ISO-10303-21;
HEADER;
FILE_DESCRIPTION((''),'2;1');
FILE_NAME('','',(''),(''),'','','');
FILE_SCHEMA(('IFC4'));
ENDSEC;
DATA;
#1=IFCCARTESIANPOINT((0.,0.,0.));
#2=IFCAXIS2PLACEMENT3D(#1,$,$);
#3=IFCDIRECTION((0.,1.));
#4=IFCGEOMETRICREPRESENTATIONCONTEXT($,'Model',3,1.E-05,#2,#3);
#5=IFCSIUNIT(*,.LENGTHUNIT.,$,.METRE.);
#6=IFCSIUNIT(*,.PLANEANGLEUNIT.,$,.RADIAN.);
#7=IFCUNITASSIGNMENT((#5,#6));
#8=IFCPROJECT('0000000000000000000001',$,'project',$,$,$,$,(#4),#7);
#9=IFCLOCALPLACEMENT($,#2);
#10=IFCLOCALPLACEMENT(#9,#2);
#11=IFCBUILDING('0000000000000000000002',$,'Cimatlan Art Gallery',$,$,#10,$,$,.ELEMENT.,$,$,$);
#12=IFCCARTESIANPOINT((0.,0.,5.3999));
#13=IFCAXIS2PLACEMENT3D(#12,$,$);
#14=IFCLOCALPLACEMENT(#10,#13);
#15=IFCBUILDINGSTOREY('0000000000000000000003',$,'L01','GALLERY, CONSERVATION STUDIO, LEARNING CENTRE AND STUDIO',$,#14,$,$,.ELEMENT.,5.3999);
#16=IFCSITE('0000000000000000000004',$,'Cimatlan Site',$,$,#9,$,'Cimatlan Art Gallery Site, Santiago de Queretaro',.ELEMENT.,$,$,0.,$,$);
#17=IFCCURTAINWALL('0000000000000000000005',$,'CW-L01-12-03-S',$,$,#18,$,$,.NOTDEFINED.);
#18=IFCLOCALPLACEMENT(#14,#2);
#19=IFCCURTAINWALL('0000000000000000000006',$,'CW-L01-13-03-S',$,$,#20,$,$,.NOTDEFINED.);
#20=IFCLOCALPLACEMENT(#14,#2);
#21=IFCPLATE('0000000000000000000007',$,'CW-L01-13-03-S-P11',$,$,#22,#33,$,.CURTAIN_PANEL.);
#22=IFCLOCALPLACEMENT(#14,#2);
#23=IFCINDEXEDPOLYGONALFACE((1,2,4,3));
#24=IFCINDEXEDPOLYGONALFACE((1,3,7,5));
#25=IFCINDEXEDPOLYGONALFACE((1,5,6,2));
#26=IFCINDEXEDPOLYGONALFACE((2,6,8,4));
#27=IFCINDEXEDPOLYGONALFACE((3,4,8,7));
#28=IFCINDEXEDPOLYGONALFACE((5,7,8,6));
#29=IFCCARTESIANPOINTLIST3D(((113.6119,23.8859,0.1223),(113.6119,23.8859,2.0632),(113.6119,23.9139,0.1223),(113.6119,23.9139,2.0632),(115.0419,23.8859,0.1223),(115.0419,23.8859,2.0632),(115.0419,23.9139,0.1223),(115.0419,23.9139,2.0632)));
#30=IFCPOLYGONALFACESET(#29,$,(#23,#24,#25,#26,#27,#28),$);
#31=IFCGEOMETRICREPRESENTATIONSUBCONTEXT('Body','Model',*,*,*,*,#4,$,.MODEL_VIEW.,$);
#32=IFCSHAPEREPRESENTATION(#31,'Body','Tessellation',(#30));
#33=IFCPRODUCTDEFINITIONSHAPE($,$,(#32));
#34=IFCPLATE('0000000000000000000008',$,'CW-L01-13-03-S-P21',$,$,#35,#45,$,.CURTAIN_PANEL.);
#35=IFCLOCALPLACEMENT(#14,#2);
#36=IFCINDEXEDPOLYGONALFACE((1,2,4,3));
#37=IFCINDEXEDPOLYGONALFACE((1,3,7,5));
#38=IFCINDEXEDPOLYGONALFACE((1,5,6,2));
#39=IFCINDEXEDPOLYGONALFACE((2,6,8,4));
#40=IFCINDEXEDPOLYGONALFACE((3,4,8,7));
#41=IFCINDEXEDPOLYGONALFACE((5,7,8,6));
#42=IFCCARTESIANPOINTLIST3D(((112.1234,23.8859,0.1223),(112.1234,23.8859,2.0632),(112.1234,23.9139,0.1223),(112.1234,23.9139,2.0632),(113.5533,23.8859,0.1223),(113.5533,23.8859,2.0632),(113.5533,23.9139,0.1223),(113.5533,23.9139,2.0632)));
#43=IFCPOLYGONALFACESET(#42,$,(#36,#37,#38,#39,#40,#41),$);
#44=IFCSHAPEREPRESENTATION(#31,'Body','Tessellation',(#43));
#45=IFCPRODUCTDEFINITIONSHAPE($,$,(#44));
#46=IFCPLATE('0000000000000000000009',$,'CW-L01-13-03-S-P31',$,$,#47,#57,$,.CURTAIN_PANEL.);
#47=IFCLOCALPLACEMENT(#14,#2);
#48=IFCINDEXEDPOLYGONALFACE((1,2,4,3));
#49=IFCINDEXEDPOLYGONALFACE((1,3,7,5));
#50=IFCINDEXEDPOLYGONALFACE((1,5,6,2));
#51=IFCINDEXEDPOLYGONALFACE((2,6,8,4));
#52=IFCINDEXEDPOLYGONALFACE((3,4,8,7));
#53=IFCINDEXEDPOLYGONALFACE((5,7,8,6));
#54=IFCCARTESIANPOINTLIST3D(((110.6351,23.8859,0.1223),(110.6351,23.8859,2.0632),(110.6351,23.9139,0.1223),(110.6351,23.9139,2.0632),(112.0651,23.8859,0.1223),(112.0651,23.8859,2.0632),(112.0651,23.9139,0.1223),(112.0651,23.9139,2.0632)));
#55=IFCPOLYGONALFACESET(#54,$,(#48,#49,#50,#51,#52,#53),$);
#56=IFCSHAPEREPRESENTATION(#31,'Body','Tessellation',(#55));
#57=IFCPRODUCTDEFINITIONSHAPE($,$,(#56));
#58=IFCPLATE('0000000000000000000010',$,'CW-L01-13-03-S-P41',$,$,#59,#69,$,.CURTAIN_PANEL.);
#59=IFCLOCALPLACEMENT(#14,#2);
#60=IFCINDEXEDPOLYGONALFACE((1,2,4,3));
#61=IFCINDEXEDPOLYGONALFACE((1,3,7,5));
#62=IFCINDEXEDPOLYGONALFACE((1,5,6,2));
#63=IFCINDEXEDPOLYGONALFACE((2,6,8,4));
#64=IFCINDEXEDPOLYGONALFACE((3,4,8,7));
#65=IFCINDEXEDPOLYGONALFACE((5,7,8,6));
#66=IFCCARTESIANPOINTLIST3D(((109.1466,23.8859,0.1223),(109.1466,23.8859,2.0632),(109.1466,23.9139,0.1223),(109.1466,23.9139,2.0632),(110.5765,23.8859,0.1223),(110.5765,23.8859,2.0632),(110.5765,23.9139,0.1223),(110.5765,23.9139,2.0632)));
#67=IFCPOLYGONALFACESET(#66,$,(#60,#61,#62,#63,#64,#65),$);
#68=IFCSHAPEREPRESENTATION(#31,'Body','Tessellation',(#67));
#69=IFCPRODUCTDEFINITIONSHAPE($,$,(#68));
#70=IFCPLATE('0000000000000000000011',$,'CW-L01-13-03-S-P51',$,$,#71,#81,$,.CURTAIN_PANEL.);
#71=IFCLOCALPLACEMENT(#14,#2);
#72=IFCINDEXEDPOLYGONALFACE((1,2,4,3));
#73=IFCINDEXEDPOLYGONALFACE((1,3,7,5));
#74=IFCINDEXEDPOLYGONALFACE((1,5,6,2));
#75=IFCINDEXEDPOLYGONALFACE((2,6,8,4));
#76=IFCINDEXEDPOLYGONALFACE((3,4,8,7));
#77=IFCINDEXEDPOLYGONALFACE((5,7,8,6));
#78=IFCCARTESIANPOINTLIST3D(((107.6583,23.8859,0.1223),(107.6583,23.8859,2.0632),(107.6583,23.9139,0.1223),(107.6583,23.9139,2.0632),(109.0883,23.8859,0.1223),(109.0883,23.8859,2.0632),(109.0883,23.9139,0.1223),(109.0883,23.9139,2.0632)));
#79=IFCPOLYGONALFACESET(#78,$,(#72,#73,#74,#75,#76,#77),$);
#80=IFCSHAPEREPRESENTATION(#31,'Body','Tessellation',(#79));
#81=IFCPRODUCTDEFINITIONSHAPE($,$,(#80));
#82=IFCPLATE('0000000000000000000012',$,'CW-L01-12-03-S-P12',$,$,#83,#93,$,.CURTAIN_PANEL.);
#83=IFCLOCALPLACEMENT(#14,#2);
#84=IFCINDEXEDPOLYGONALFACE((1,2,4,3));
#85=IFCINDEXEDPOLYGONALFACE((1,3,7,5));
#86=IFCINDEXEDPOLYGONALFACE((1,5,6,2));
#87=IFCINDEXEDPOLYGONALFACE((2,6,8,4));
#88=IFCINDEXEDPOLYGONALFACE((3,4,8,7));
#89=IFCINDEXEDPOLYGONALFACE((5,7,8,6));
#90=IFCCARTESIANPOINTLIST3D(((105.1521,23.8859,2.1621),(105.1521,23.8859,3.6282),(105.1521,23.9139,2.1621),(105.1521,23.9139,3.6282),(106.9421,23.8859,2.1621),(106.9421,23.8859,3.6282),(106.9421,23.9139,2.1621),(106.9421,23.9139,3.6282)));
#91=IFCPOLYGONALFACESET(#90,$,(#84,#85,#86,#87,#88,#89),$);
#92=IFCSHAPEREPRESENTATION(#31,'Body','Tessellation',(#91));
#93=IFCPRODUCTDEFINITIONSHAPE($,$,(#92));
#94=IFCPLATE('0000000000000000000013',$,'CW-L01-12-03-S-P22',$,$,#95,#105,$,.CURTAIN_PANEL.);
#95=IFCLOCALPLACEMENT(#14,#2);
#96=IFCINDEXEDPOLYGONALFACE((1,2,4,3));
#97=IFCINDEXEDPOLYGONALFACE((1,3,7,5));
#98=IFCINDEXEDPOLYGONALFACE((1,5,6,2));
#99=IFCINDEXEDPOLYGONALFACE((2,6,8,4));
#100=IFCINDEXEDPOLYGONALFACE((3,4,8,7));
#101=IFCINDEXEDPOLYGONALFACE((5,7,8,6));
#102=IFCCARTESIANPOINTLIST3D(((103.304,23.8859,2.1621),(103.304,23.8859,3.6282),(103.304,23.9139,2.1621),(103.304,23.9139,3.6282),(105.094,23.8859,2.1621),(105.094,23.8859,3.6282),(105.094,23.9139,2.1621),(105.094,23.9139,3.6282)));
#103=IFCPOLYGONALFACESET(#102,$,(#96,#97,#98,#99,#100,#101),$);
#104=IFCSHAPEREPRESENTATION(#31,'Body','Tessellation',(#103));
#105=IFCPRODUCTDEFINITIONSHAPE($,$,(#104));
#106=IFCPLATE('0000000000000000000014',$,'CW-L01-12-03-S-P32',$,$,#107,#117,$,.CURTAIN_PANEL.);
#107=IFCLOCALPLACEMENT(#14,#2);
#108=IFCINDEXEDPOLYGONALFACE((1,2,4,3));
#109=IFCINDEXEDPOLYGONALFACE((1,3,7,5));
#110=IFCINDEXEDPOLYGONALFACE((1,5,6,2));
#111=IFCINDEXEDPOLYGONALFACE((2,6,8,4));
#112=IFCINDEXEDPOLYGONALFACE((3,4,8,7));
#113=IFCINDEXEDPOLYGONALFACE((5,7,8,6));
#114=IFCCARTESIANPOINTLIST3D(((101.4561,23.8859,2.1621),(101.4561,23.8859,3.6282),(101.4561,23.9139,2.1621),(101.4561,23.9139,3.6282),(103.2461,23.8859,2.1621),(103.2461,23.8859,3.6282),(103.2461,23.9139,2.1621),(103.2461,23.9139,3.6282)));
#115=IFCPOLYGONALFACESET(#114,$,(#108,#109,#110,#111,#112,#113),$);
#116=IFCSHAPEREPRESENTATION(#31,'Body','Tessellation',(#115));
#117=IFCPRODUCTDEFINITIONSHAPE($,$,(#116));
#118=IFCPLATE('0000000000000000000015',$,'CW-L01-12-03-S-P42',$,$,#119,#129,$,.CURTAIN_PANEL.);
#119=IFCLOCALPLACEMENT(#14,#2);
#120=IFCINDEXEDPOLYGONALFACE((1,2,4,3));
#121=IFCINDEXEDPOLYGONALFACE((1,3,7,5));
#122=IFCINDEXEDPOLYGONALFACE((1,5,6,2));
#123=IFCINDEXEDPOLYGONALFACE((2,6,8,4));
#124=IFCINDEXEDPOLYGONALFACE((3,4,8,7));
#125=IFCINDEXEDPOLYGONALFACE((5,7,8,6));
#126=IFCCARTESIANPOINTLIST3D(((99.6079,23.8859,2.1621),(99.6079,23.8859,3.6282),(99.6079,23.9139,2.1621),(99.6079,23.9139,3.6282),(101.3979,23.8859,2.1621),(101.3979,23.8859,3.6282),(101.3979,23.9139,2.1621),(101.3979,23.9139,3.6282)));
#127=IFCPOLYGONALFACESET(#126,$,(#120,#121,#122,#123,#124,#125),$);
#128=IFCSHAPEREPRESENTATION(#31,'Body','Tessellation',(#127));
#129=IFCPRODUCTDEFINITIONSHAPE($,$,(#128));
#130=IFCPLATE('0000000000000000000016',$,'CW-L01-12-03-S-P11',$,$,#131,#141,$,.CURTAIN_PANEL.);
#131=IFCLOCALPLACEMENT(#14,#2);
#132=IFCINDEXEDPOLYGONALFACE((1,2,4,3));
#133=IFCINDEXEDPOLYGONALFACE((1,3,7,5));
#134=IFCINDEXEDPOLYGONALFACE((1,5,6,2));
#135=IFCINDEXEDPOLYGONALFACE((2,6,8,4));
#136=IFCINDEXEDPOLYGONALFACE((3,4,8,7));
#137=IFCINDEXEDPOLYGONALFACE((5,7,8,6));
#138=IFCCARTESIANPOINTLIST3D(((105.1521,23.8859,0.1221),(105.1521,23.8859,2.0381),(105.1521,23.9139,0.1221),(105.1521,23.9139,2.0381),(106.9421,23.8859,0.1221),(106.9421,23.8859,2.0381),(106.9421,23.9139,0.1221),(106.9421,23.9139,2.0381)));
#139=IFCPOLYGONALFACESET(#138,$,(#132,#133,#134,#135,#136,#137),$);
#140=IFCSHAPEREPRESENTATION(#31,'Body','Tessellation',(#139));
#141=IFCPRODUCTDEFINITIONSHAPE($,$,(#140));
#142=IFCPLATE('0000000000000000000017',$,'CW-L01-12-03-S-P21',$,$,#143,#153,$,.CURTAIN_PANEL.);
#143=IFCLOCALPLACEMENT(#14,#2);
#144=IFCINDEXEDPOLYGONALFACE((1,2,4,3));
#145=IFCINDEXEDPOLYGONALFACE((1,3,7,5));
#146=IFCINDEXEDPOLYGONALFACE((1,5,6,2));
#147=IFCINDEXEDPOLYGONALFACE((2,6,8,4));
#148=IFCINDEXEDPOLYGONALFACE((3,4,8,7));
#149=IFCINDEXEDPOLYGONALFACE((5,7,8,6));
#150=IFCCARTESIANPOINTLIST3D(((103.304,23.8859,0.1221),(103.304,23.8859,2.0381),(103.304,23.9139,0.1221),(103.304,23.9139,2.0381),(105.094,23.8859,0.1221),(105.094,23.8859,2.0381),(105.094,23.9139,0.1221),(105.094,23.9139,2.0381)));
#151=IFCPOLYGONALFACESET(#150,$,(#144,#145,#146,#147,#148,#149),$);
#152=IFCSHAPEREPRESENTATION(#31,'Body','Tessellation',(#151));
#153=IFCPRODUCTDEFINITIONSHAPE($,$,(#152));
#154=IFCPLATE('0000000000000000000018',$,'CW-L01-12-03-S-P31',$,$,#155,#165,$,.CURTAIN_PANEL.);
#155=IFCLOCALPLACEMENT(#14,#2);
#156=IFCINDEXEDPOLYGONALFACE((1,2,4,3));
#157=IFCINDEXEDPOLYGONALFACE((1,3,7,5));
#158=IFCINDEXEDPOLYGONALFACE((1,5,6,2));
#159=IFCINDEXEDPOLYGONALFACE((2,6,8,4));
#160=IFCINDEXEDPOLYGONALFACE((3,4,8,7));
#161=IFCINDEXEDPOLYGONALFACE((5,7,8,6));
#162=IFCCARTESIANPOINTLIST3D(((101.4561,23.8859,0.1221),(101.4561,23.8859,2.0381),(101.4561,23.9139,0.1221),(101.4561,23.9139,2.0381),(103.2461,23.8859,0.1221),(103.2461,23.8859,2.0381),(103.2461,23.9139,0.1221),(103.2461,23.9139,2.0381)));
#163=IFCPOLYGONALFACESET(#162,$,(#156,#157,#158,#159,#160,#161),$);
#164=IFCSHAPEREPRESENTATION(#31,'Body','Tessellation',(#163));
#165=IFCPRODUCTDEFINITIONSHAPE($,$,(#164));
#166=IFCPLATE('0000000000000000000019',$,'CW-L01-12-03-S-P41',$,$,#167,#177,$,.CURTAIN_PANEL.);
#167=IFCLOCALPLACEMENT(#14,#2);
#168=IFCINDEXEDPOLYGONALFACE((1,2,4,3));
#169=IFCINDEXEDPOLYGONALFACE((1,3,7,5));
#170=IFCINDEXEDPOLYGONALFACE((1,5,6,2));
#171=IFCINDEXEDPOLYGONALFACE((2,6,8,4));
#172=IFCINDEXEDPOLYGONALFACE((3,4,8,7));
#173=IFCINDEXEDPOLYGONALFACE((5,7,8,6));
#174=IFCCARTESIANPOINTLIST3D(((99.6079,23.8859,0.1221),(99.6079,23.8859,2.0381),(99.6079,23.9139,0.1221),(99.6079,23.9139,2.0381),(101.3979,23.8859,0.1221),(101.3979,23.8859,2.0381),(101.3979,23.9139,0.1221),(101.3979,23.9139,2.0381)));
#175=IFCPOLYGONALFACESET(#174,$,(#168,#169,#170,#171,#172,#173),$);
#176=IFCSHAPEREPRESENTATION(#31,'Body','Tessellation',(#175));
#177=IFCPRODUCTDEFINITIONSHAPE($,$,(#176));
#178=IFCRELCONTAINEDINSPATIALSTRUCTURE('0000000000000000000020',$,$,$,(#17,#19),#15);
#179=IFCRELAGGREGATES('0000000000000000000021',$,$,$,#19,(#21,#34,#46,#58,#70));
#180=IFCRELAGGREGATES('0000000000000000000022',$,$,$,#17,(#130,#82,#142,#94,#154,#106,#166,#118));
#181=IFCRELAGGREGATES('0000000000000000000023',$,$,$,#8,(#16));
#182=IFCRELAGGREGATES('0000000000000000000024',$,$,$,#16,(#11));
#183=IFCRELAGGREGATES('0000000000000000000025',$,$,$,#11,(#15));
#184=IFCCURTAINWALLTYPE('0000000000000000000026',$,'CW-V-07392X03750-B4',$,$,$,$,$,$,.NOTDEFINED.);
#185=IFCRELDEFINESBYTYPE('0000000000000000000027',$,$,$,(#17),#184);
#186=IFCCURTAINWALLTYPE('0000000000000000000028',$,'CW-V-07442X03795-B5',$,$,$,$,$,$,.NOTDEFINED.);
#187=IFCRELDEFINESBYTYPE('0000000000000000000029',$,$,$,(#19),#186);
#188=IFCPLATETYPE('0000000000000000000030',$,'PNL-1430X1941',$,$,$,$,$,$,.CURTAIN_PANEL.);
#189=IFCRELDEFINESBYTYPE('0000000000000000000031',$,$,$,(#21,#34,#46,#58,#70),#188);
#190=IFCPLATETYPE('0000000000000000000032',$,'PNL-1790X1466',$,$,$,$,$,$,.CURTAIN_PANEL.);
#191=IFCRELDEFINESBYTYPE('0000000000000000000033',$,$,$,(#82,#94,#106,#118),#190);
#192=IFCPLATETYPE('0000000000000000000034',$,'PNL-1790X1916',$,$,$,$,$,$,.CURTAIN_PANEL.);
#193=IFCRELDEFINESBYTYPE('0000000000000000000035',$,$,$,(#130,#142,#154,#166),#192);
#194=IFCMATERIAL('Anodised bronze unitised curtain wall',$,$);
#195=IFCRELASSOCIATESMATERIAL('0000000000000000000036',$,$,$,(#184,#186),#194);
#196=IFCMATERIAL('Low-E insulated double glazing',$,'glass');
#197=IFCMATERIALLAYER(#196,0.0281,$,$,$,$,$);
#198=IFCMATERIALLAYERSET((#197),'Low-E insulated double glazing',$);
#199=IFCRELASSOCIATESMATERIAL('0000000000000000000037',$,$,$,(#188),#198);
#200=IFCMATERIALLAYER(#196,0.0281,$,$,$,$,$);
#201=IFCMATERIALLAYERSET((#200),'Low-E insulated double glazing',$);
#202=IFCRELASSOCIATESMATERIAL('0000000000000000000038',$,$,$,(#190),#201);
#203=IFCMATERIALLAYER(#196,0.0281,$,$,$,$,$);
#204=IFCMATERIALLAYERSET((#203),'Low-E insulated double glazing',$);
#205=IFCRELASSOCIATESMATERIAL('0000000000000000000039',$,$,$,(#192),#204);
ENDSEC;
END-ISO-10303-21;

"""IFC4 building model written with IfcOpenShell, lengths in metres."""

from ifc_helpers import new_model, si_unit, direction, frame, origin, origin_2d, place, context, subcontext, project, spatial, rectangle, extrude, material, layer, layer_set, type_object, element, aggregate, save


model = new_model("IFC4")

# Units and contexts
model_context = context("Model", 3, precision=1e-05, world=origin(), true_north=direction((0.0, 1.0)))
body_context = subcontext(model_context, "Body", "Model", "MODEL_VIEW")
ifc_project = project(units=[si_unit("LENGTHUNIT", "METRE"), si_unit("PLANEANGLEUNIT", "RADIAN")], contexts=[model_context])

# Site, building, storey
site_placement = place(None, origin())
site = spatial("IfcSite", under=ifc_project, at=site_placement, Name="Cimatlan Site", LongName="Cimatlan Art Gallery Site, Santiago de Queretaro", CompositionType="ELEMENT", RefElevation=0.0)
building_placement = place(site_placement, origin())
building = spatial("IfcBuilding", under=site, at=building_placement, Name="Cimatlan Art Gallery", CompositionType="ELEMENT")
storey_placement = place(building_placement, frame((0.0, 0.0, 5.3999)))
storey = spatial("IfcBuildingStorey", under=building, at=storey_placement, Name="L01", Description="GALLERY, CONSERVATION STUDIO, LEARNING CENTRE AND STUDIO", CompositionType="ELEMENT", Elevation=5.3999)

# Curtain walls
ifc_material_1 = material(Name="Anodised bronze unitised curtain wall")
curtain_wall_type_1 = type_object("IfcCurtainWallType", Name="CW-V-07392X03750-B4", PredefinedType="NOTDEFINED", material=ifc_material_1)
curtain_wall_1_placement = place(storey_placement, origin())
curtain_wall_1 = element("IfcCurtainWall", 1, at=curtain_wall_1_placement, inside=storey, type_object=curtain_wall_type_1, Name="CW-L01-12-03-S", PredefinedType="NOTDEFINED")
curtain_wall_type_2 = type_object("IfcCurtainWallType", Name="CW-V-07442X03795-B5", PredefinedType="NOTDEFINED", material=ifc_material_1)
curtain_wall_2_placement = place(storey_placement, origin())
curtain_wall_2 = element("IfcCurtainWall", 2, at=curtain_wall_2_placement, inside=storey, type_object=curtain_wall_type_2, Name="CW-L01-13-03-S", PredefinedType="NOTDEFINED")

# Plates
ifc_material_2 = material(Name="Low-E insulated double glazing", Category="glass")
ifc_layer_1 = layer(ifc_material_2, 0.0281)
ifc_layer_set_1 = layer_set([ifc_layer_1], Name="Low-E insulated double glazing")
plate_type_1 = type_object("IfcPlateType", Name="PNL-1430X1941", PredefinedType="CURTAIN_PANEL", material=ifc_layer_set_1)
plate_1_placement = place(storey_placement, frame((114.3269, 23.8999, 0.1223), z_axis=(0.0, 0.0, 1.0), x_axis=(-1.0, 0.0, 0.0)))
plate_1 = element("IfcPlate", 3, at=plate_1_placement, type_object=plate_type_1, Name="CW-L01-13-03-S-P11", PredefinedType="CURTAIN_PANEL", context=body_context, shape_type="SweptSolid", body=[
    extrude(rectangle(XDim=1.4299, YDim=0.0281, at=origin_2d()), origin(), (0.0, 0.0, 1.0), 1.9409),
])
plate_2_placement = place(storey_placement, frame((112.8384, 23.8999, 0.1223), z_axis=(0.0, 0.0, 1.0), x_axis=(-1.0, 0.0, 0.0)))
plate_2 = element("IfcPlate", 4, at=plate_2_placement, type_object=plate_type_1, Name="CW-L01-13-03-S-P21", PredefinedType="CURTAIN_PANEL", context=body_context, shape_type="SweptSolid", body=[
    extrude(rectangle(XDim=1.4299, YDim=0.0281, at=origin_2d()), origin(), (0.0, 0.0, 1.0), 1.9409),
])
plate_3_placement = place(storey_placement, frame((111.3501, 23.8999, 0.1223), z_axis=(0.0, 0.0, 1.0), x_axis=(-1.0, 0.0, 0.0)))
plate_3 = element("IfcPlate", 5, at=plate_3_placement, type_object=plate_type_1, Name="CW-L01-13-03-S-P31", PredefinedType="CURTAIN_PANEL", context=body_context, shape_type="SweptSolid", body=[
    extrude(rectangle(XDim=1.4299, YDim=0.0281, at=origin_2d()), origin(), (0.0, 0.0, 1.0), 1.9409),
])
plate_4_placement = place(storey_placement, frame((109.8616, 23.8999, 0.1223), z_axis=(0.0, 0.0, 1.0), x_axis=(-1.0, 0.0, 0.0)))
plate_4 = element("IfcPlate", 6, at=plate_4_placement, type_object=plate_type_1, Name="CW-L01-13-03-S-P41", PredefinedType="CURTAIN_PANEL", context=body_context, shape_type="SweptSolid", body=[
    extrude(rectangle(XDim=1.4299, YDim=0.0281, at=origin_2d()), origin(), (0.0, 0.0, 1.0), 1.9409),
])
plate_5_placement = place(storey_placement, frame((108.3733, 23.8999, 0.1223), z_axis=(0.0, 0.0, 1.0), x_axis=(-1.0, 0.0, 0.0)))
plate_5 = element("IfcPlate", 7, at=plate_5_placement, type_object=plate_type_1, Name="CW-L01-13-03-S-P51", PredefinedType="CURTAIN_PANEL", context=body_context, shape_type="SweptSolid", body=[
    extrude(rectangle(XDim=1.4299, YDim=0.0281, at=origin_2d()), origin(), (0.0, 0.0, 1.0), 1.9409),
])
aggregate(curtain_wall_2, [plate_1, plate_2, plate_3, plate_4, plate_5])
ifc_layer_2 = layer(ifc_material_2, 0.0281)
ifc_layer_set_2 = layer_set([ifc_layer_2], Name="Low-E insulated double glazing")
plate_type_2 = type_object("IfcPlateType", Name="PNL-1790X1466", PredefinedType="CURTAIN_PANEL", material=ifc_layer_set_2)
plate_6_placement = place(storey_placement, frame((106.0471, 23.8999, 2.1621), z_axis=(0.0, 0.0, 1.0), x_axis=(-1.0, 0.0, 0.0)))
plate_6 = element("IfcPlate", 8, at=plate_6_placement, type_object=plate_type_2, Name="CW-L01-12-03-S-P12", PredefinedType="CURTAIN_PANEL", context=body_context, shape_type="SweptSolid", body=[
    extrude(rectangle(XDim=1.79, YDim=0.0281, at=origin_2d()), origin(), (0.0, 0.0, 1.0), 1.4661),
])
plate_7_placement = place(storey_placement, frame((104.199, 23.8999, 2.1621), z_axis=(0.0, 0.0, 1.0), x_axis=(-1.0, 0.0, 0.0)))
plate_7 = element("IfcPlate", 9, at=plate_7_placement, type_object=plate_type_2, Name="CW-L01-12-03-S-P22", PredefinedType="CURTAIN_PANEL", context=body_context, shape_type="SweptSolid", body=[
    extrude(rectangle(XDim=1.79, YDim=0.0281, at=origin_2d()), origin(), (0.0, 0.0, 1.0), 1.4661),
])
plate_8_placement = place(storey_placement, frame((102.3511, 23.8999, 2.1621), z_axis=(0.0, 0.0, 1.0), x_axis=(-1.0, 0.0, 0.0)))
plate_8 = element("IfcPlate", 10, at=plate_8_placement, type_object=plate_type_2, Name="CW-L01-12-03-S-P32", PredefinedType="CURTAIN_PANEL", context=body_context, shape_type="SweptSolid", body=[
    extrude(rectangle(XDim=1.79, YDim=0.0281, at=origin_2d()), origin(), (0.0, 0.0, 1.0), 1.4661),
])
plate_9_placement = place(storey_placement, frame((100.5029, 23.8999, 2.1621), z_axis=(0.0, 0.0, 1.0), x_axis=(-1.0, 0.0, 0.0)))
plate_9 = element("IfcPlate", 11, at=plate_9_placement, type_object=plate_type_2, Name="CW-L01-12-03-S-P42", PredefinedType="CURTAIN_PANEL", context=body_context, shape_type="SweptSolid", body=[
    extrude(rectangle(XDim=1.79, YDim=0.0281, at=origin_2d()), origin(), (0.0, 0.0, 1.0), 1.4661),
])
ifc_layer_3 = layer(ifc_material_2, 0.0281)
ifc_layer_set_3 = layer_set([ifc_layer_3], Name="Low-E insulated double glazing")
plate_type_3 = type_object("IfcPlateType", Name="PNL-1790X1916", PredefinedType="CURTAIN_PANEL", material=ifc_layer_set_3)
plate_10_placement = place(storey_placement, frame((106.0471, 23.8999, 0.1221), z_axis=(0.0, 0.0, 1.0), x_axis=(-1.0, 0.0, 0.0)))
plate_10 = element("IfcPlate", 12, at=plate_10_placement, type_object=plate_type_3, Name="CW-L01-12-03-S-P11", PredefinedType="CURTAIN_PANEL", context=body_context, shape_type="SweptSolid", body=[
    extrude(rectangle(XDim=1.79, YDim=0.0281, at=origin_2d()), origin(), (0.0, 0.0, 1.0), 1.916),
])
plate_11_placement = place(storey_placement, frame((104.199, 23.8999, 0.1221), z_axis=(0.0, 0.0, 1.0), x_axis=(-1.0, 0.0, 0.0)))
plate_11 = element("IfcPlate", 13, at=plate_11_placement, type_object=plate_type_3, Name="CW-L01-12-03-S-P21", PredefinedType="CURTAIN_PANEL", context=body_context, shape_type="SweptSolid", body=[
    extrude(rectangle(XDim=1.79, YDim=0.0281, at=origin_2d()), origin(), (0.0, 0.0, 1.0), 1.916),
])
plate_12_placement = place(storey_placement, frame((102.3511, 23.8999, 0.1221), z_axis=(0.0, 0.0, 1.0), x_axis=(-1.0, 0.0, 0.0)))
plate_12 = element("IfcPlate", 14, at=plate_12_placement, type_object=plate_type_3, Name="CW-L01-12-03-S-P31", PredefinedType="CURTAIN_PANEL", context=body_context, shape_type="SweptSolid", body=[
    extrude(rectangle(XDim=1.79, YDim=0.0281, at=origin_2d()), origin(), (0.0, 0.0, 1.0), 1.916),
])
plate_13_placement = place(storey_placement, frame((100.5029, 23.8999, 0.1221), z_axis=(0.0, 0.0, 1.0), x_axis=(-1.0, 0.0, 0.0)))
plate_13 = element("IfcPlate", 15, at=plate_13_placement, type_object=plate_type_3, Name="CW-L01-12-03-S-P41", PredefinedType="CURTAIN_PANEL", context=body_context, shape_type="SweptSolid", body=[
    extrude(rectangle(XDim=1.79, YDim=0.0281, at=origin_2d()), origin(), (0.0, 0.0, 1.0), 1.916),
])
aggregate(curtain_wall_1, [plate_10, plate_6, plate_11, plate_7, plate_12, plate_8, plate_13, plate_9])

save(model, "model.ifc")
